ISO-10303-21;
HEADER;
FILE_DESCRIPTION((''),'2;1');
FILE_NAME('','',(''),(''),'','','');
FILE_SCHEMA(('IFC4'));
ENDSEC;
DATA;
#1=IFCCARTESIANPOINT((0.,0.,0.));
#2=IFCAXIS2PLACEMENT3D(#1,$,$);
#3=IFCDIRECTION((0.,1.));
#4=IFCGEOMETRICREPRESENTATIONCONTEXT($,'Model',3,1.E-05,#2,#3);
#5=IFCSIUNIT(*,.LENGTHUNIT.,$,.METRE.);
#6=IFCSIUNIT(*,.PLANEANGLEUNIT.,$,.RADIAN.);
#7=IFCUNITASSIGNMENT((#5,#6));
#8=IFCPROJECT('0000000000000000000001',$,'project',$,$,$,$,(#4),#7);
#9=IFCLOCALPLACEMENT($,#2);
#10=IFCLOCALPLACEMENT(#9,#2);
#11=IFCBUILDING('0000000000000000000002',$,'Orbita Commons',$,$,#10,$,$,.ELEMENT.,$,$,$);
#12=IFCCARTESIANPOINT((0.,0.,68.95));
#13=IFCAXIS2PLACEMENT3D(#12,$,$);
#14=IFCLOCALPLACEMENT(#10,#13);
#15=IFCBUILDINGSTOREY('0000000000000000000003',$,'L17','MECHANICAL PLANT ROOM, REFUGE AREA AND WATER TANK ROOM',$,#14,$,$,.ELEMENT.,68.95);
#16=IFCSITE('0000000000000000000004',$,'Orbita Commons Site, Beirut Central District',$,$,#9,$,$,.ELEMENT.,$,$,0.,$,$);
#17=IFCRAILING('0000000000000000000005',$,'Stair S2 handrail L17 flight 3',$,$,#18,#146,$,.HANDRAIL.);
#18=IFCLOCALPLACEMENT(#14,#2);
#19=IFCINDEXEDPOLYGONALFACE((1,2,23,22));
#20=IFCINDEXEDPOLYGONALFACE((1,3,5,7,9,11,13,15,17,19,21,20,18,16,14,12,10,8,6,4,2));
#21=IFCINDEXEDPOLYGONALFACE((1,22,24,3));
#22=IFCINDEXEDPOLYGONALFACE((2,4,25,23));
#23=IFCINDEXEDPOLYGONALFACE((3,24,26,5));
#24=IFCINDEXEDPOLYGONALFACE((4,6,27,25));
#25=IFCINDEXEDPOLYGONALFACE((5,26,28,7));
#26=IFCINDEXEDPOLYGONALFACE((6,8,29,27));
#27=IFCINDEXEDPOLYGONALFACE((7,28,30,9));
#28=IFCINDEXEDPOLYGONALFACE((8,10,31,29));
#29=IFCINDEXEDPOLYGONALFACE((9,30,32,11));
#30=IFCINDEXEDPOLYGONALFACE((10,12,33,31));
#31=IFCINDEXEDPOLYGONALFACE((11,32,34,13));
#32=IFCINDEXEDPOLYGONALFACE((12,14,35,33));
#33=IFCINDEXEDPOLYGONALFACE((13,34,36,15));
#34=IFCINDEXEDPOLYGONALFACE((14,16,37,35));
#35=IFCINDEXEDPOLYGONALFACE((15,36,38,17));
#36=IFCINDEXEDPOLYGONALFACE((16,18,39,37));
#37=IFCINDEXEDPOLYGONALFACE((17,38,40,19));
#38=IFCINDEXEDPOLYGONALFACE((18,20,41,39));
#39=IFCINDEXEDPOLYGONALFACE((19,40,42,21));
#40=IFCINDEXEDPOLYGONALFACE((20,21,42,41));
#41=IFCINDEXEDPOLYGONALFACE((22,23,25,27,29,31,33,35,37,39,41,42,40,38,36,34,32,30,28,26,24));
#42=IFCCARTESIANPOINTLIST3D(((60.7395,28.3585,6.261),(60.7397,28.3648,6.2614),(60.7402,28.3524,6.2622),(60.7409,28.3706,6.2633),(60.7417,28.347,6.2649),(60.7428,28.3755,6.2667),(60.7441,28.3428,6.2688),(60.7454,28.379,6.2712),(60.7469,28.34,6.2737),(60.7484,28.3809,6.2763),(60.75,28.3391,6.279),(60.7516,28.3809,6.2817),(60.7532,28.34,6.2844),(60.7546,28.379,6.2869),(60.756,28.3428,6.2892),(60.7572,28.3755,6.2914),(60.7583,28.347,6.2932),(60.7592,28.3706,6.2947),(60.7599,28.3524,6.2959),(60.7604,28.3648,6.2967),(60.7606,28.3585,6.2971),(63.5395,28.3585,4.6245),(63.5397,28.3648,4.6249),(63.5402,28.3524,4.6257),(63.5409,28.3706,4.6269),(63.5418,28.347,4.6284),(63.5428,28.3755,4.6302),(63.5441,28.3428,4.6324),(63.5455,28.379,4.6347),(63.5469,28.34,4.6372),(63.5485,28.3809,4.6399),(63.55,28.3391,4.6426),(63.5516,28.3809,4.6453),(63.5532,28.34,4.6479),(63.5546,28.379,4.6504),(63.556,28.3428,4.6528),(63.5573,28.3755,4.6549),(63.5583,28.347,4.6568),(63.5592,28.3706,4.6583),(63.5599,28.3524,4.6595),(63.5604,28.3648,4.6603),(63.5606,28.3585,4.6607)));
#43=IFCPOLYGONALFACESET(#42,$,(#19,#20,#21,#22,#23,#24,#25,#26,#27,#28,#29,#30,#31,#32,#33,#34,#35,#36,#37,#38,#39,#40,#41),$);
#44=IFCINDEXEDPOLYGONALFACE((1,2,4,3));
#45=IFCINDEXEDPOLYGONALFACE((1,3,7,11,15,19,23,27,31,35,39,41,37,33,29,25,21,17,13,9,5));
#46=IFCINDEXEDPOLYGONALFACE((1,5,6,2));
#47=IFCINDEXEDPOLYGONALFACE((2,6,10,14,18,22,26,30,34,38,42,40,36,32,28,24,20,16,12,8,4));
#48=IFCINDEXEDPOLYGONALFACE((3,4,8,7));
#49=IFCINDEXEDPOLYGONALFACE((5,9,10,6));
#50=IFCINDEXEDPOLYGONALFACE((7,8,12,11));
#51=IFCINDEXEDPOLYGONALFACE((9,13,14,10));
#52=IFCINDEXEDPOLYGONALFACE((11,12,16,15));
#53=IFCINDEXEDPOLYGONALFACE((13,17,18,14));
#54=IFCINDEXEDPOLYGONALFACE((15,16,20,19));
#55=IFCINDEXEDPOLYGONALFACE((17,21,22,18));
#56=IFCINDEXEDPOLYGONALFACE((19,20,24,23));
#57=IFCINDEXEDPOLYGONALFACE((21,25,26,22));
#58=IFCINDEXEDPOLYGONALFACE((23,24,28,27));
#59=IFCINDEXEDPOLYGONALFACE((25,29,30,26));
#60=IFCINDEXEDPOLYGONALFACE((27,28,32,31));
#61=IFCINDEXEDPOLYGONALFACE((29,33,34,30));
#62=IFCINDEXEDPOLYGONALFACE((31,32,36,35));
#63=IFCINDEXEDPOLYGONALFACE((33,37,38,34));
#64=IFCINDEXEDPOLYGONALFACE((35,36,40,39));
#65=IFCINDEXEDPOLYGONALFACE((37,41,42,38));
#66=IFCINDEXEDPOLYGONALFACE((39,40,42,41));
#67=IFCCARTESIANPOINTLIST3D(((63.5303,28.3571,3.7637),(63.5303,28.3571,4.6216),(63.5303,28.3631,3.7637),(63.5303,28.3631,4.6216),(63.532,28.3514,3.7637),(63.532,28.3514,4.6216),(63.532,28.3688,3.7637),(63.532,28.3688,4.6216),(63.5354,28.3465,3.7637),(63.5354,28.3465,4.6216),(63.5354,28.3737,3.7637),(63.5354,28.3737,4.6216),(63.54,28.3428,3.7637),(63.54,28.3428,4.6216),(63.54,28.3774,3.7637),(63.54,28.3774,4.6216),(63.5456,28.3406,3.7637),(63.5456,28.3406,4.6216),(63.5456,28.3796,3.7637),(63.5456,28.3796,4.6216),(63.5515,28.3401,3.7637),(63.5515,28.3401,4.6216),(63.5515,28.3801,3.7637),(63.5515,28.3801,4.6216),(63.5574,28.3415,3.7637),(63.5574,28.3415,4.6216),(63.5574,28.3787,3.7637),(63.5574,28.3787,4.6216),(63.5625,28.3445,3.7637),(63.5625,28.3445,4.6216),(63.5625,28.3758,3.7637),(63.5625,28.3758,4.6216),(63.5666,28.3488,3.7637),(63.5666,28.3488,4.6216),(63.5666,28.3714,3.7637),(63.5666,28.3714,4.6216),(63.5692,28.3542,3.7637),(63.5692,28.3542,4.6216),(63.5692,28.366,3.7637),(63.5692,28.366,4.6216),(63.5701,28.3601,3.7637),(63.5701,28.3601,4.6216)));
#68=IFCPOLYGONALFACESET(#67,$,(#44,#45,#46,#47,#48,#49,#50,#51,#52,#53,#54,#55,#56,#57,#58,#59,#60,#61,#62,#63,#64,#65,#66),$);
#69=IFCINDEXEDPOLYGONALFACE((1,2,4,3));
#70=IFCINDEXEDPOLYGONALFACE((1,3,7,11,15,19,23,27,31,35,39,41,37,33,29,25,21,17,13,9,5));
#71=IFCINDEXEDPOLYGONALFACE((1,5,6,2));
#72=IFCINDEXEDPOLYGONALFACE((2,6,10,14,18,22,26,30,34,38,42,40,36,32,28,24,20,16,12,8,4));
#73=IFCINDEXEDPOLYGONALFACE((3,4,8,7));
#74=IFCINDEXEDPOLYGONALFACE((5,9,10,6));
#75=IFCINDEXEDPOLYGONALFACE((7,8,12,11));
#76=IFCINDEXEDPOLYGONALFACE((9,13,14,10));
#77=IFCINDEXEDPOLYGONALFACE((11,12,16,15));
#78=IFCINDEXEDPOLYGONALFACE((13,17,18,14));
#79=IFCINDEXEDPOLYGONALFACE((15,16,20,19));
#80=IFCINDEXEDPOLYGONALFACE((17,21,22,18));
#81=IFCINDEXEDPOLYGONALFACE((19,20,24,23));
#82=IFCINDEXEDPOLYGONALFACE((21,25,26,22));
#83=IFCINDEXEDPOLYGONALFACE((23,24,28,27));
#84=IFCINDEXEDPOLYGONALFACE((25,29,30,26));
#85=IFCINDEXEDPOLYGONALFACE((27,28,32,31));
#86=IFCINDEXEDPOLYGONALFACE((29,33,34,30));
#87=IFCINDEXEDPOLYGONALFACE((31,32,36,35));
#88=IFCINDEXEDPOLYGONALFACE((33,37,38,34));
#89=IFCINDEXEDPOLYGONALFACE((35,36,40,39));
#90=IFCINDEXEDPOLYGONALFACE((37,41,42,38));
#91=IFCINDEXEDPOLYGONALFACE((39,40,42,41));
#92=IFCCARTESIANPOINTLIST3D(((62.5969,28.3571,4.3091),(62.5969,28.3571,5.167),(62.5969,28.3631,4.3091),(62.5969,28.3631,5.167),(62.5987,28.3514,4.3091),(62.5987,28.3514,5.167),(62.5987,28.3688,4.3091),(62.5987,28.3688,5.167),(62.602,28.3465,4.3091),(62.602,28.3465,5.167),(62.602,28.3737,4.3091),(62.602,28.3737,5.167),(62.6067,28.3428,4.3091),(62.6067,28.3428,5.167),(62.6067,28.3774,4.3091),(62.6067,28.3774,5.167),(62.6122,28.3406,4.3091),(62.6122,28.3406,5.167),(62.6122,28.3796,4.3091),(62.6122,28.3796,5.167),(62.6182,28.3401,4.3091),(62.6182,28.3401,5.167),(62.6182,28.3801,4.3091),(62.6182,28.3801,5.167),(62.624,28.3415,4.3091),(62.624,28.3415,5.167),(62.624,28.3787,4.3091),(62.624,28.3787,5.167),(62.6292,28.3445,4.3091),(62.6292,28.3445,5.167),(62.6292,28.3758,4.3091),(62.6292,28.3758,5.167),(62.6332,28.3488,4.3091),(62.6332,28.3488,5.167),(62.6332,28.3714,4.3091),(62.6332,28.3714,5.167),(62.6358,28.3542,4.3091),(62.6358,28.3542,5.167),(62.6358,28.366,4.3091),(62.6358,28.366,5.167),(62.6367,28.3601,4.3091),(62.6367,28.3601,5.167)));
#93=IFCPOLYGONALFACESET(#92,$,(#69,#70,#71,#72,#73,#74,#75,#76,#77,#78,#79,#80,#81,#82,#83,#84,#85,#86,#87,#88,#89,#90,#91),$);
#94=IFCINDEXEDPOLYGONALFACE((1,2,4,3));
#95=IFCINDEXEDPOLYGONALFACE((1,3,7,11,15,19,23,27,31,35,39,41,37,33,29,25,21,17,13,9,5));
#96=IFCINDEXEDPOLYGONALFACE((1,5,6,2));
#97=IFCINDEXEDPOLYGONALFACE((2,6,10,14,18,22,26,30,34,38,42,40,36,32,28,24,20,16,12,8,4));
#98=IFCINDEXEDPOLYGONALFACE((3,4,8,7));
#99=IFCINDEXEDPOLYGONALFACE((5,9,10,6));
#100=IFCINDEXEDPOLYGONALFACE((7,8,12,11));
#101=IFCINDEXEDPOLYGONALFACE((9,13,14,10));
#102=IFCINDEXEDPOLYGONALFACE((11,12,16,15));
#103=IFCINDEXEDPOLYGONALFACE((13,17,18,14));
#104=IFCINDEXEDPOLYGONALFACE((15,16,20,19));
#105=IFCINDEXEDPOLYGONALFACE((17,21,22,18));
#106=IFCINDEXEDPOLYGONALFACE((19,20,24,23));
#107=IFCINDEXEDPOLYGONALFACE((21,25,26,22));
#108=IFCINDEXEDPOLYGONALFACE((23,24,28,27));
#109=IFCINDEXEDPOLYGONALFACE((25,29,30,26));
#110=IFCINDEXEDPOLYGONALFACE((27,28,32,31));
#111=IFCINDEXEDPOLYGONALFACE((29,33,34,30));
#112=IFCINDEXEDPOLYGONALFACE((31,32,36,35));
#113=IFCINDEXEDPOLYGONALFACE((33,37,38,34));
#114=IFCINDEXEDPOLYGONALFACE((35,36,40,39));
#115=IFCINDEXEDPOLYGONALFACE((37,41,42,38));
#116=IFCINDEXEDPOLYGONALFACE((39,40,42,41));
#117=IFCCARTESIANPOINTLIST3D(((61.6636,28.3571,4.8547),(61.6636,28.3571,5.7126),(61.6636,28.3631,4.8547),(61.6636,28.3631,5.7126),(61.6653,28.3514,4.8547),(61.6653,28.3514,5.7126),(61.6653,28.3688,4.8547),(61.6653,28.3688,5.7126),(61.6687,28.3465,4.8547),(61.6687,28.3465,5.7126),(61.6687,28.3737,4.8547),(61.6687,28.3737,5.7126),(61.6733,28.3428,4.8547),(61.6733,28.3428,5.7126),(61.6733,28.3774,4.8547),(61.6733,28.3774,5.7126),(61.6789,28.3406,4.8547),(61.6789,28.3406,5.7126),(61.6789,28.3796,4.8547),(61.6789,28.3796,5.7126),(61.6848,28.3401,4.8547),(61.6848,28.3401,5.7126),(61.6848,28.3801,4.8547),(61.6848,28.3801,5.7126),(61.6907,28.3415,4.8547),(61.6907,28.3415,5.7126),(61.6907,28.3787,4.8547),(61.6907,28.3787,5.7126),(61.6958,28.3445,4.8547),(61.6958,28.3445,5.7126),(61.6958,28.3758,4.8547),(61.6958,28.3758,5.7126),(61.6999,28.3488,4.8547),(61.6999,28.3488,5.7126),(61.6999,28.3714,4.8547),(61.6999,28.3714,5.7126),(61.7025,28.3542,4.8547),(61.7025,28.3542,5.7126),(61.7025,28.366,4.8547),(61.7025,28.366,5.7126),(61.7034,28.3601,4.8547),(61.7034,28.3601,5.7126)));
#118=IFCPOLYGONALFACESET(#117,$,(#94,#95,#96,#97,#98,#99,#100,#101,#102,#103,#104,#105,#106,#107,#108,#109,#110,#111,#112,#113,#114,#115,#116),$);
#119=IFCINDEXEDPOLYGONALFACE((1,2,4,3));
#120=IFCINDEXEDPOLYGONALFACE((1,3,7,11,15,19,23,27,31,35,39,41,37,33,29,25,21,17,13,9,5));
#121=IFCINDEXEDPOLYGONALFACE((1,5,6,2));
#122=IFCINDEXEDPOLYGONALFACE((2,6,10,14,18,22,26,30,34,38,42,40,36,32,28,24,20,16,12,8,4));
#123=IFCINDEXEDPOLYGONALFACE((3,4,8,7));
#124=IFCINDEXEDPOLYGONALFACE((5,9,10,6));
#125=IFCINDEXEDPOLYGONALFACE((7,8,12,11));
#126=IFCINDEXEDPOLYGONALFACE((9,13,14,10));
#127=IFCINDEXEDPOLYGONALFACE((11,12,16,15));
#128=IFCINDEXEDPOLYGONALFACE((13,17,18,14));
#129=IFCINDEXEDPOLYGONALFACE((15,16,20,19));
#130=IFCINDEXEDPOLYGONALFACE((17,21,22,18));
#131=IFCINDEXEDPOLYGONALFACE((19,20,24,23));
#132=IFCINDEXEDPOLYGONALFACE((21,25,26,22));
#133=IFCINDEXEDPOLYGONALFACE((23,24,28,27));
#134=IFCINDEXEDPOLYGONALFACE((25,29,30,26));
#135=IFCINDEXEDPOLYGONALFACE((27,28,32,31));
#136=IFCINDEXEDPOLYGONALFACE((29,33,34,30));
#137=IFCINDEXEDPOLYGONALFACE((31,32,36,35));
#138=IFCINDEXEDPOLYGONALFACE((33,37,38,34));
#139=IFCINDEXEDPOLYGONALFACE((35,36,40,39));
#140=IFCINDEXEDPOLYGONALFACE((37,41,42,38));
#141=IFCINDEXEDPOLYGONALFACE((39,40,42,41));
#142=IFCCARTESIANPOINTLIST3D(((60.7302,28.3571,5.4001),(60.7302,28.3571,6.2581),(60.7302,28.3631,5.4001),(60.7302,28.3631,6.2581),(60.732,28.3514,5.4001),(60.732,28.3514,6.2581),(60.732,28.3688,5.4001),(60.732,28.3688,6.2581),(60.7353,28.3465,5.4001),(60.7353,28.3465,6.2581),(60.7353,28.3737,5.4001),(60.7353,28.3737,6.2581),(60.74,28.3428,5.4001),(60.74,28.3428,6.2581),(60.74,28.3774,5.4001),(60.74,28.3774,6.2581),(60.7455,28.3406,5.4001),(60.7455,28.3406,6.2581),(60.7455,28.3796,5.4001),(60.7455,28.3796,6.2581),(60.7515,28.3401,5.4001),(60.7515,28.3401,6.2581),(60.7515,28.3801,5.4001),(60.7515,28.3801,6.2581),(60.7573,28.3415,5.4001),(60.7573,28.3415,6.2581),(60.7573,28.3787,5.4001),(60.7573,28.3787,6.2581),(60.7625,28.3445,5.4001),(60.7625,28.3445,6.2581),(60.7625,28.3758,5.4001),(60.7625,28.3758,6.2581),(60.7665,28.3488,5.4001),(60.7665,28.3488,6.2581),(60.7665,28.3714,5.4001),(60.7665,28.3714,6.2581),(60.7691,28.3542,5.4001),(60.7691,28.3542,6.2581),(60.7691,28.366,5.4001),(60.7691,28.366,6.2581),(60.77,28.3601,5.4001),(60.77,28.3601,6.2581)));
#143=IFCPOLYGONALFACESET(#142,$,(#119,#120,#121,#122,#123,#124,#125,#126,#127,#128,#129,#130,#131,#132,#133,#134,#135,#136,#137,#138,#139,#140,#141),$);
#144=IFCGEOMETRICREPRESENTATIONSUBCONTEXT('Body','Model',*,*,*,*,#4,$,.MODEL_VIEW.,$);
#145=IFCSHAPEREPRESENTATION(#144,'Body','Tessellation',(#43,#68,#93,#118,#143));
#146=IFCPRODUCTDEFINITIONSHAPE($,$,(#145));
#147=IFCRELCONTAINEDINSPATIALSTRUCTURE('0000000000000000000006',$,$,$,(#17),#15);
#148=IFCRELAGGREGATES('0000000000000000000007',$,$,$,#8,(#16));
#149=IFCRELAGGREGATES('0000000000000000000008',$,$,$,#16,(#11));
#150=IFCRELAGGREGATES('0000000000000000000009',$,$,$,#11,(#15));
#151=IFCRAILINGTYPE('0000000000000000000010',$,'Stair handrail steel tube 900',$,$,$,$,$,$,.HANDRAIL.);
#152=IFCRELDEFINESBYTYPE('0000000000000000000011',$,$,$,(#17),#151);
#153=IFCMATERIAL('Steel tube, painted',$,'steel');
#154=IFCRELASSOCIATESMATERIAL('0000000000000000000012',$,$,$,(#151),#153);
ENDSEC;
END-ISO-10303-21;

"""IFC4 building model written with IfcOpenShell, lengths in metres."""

from ifc_helpers import new_model, si_unit, direction, frame, origin, origin_2d, place, context, subcontext, project, spatial, circle, extrude, material, type_object, element, save


model = new_model("IFC4")

# Units and contexts
model_context = context("Model", 3, precision=1e-05, world=origin(), true_north=direction((0.0, 1.0)))
body_context = subcontext(model_context, "Body", "Model", "MODEL_VIEW")
ifc_project = project(units=[si_unit("LENGTHUNIT", "METRE"), si_unit("PLANEANGLEUNIT", "RADIAN")], contexts=[model_context])

# Site, building, storey
site_placement = place(None, origin())
site = spatial("IfcSite", under=ifc_project, at=site_placement, Name="Orbita Commons Site, Beirut Central District", CompositionType="ELEMENT", RefElevation=0.0)
building_placement = place(site_placement, origin())
building = spatial("IfcBuilding", under=site, at=building_placement, Name="Orbita Commons", CompositionType="ELEMENT")
storey_placement = place(building_placement, frame((0.0, 0.0, 68.95)))
storey = spatial("IfcBuildingStorey", under=building, at=storey_placement, Name="L17", Description="MECHANICAL PLANT ROOM, REFUGE AREA AND WATER TANK ROOM", CompositionType="ELEMENT", Elevation=68.95)

# Railing
ifc_material_1 = material(Name="Steel tube, painted", Category="steel")
railing_type = type_object("IfcRailingType", Name="Stair handrail steel tube 900", PredefinedType="HANDRAIL", material=ifc_material_1)
for number, where, name in (
    (1, (63.55, 28.3601, 3.7637), "Stair S2 handrail L17 flight 3"),
):
    element("IfcRailing", number, at=place(storey_placement, frame(where)), inside=storey, type_object=railing_type, Name=name, PredefinedType="HANDRAIL", context=body_context, shape_type="SweptSolid", body=[
        extrude(circle(Radius=0.021, at=origin_2d()), frame((0.0, 0.0, 0.8789), z_axis=(-0.863361, 0.0, 0.504587), x_axis=(0.0, -1.0, 0.0)), (0.0, 0.0, 1.0), 3.2432),
        extrude(circle(Radius=0.02, at=origin_2d()), origin(), (0.0, 0.0, 1.0), 0.8579),
        extrude(circle(Radius=0.02, at=origin_2d()), frame((-0.9333, 0.0, 0.5454)), (0.0, 0.0, 1.0), 0.8579),
        extrude(circle(Radius=0.02, at=origin_2d()), frame((-1.8667, 0.0, 1.0911)), (0.0, 0.0, 1.0), 0.8579),
        extrude(circle(Radius=0.02, at=origin_2d()), frame((-2.8, 0.0, 1.6365)), (0.0, 0.0, 1.0), 0.8579),
    ])

save(model, "model.ifc")
